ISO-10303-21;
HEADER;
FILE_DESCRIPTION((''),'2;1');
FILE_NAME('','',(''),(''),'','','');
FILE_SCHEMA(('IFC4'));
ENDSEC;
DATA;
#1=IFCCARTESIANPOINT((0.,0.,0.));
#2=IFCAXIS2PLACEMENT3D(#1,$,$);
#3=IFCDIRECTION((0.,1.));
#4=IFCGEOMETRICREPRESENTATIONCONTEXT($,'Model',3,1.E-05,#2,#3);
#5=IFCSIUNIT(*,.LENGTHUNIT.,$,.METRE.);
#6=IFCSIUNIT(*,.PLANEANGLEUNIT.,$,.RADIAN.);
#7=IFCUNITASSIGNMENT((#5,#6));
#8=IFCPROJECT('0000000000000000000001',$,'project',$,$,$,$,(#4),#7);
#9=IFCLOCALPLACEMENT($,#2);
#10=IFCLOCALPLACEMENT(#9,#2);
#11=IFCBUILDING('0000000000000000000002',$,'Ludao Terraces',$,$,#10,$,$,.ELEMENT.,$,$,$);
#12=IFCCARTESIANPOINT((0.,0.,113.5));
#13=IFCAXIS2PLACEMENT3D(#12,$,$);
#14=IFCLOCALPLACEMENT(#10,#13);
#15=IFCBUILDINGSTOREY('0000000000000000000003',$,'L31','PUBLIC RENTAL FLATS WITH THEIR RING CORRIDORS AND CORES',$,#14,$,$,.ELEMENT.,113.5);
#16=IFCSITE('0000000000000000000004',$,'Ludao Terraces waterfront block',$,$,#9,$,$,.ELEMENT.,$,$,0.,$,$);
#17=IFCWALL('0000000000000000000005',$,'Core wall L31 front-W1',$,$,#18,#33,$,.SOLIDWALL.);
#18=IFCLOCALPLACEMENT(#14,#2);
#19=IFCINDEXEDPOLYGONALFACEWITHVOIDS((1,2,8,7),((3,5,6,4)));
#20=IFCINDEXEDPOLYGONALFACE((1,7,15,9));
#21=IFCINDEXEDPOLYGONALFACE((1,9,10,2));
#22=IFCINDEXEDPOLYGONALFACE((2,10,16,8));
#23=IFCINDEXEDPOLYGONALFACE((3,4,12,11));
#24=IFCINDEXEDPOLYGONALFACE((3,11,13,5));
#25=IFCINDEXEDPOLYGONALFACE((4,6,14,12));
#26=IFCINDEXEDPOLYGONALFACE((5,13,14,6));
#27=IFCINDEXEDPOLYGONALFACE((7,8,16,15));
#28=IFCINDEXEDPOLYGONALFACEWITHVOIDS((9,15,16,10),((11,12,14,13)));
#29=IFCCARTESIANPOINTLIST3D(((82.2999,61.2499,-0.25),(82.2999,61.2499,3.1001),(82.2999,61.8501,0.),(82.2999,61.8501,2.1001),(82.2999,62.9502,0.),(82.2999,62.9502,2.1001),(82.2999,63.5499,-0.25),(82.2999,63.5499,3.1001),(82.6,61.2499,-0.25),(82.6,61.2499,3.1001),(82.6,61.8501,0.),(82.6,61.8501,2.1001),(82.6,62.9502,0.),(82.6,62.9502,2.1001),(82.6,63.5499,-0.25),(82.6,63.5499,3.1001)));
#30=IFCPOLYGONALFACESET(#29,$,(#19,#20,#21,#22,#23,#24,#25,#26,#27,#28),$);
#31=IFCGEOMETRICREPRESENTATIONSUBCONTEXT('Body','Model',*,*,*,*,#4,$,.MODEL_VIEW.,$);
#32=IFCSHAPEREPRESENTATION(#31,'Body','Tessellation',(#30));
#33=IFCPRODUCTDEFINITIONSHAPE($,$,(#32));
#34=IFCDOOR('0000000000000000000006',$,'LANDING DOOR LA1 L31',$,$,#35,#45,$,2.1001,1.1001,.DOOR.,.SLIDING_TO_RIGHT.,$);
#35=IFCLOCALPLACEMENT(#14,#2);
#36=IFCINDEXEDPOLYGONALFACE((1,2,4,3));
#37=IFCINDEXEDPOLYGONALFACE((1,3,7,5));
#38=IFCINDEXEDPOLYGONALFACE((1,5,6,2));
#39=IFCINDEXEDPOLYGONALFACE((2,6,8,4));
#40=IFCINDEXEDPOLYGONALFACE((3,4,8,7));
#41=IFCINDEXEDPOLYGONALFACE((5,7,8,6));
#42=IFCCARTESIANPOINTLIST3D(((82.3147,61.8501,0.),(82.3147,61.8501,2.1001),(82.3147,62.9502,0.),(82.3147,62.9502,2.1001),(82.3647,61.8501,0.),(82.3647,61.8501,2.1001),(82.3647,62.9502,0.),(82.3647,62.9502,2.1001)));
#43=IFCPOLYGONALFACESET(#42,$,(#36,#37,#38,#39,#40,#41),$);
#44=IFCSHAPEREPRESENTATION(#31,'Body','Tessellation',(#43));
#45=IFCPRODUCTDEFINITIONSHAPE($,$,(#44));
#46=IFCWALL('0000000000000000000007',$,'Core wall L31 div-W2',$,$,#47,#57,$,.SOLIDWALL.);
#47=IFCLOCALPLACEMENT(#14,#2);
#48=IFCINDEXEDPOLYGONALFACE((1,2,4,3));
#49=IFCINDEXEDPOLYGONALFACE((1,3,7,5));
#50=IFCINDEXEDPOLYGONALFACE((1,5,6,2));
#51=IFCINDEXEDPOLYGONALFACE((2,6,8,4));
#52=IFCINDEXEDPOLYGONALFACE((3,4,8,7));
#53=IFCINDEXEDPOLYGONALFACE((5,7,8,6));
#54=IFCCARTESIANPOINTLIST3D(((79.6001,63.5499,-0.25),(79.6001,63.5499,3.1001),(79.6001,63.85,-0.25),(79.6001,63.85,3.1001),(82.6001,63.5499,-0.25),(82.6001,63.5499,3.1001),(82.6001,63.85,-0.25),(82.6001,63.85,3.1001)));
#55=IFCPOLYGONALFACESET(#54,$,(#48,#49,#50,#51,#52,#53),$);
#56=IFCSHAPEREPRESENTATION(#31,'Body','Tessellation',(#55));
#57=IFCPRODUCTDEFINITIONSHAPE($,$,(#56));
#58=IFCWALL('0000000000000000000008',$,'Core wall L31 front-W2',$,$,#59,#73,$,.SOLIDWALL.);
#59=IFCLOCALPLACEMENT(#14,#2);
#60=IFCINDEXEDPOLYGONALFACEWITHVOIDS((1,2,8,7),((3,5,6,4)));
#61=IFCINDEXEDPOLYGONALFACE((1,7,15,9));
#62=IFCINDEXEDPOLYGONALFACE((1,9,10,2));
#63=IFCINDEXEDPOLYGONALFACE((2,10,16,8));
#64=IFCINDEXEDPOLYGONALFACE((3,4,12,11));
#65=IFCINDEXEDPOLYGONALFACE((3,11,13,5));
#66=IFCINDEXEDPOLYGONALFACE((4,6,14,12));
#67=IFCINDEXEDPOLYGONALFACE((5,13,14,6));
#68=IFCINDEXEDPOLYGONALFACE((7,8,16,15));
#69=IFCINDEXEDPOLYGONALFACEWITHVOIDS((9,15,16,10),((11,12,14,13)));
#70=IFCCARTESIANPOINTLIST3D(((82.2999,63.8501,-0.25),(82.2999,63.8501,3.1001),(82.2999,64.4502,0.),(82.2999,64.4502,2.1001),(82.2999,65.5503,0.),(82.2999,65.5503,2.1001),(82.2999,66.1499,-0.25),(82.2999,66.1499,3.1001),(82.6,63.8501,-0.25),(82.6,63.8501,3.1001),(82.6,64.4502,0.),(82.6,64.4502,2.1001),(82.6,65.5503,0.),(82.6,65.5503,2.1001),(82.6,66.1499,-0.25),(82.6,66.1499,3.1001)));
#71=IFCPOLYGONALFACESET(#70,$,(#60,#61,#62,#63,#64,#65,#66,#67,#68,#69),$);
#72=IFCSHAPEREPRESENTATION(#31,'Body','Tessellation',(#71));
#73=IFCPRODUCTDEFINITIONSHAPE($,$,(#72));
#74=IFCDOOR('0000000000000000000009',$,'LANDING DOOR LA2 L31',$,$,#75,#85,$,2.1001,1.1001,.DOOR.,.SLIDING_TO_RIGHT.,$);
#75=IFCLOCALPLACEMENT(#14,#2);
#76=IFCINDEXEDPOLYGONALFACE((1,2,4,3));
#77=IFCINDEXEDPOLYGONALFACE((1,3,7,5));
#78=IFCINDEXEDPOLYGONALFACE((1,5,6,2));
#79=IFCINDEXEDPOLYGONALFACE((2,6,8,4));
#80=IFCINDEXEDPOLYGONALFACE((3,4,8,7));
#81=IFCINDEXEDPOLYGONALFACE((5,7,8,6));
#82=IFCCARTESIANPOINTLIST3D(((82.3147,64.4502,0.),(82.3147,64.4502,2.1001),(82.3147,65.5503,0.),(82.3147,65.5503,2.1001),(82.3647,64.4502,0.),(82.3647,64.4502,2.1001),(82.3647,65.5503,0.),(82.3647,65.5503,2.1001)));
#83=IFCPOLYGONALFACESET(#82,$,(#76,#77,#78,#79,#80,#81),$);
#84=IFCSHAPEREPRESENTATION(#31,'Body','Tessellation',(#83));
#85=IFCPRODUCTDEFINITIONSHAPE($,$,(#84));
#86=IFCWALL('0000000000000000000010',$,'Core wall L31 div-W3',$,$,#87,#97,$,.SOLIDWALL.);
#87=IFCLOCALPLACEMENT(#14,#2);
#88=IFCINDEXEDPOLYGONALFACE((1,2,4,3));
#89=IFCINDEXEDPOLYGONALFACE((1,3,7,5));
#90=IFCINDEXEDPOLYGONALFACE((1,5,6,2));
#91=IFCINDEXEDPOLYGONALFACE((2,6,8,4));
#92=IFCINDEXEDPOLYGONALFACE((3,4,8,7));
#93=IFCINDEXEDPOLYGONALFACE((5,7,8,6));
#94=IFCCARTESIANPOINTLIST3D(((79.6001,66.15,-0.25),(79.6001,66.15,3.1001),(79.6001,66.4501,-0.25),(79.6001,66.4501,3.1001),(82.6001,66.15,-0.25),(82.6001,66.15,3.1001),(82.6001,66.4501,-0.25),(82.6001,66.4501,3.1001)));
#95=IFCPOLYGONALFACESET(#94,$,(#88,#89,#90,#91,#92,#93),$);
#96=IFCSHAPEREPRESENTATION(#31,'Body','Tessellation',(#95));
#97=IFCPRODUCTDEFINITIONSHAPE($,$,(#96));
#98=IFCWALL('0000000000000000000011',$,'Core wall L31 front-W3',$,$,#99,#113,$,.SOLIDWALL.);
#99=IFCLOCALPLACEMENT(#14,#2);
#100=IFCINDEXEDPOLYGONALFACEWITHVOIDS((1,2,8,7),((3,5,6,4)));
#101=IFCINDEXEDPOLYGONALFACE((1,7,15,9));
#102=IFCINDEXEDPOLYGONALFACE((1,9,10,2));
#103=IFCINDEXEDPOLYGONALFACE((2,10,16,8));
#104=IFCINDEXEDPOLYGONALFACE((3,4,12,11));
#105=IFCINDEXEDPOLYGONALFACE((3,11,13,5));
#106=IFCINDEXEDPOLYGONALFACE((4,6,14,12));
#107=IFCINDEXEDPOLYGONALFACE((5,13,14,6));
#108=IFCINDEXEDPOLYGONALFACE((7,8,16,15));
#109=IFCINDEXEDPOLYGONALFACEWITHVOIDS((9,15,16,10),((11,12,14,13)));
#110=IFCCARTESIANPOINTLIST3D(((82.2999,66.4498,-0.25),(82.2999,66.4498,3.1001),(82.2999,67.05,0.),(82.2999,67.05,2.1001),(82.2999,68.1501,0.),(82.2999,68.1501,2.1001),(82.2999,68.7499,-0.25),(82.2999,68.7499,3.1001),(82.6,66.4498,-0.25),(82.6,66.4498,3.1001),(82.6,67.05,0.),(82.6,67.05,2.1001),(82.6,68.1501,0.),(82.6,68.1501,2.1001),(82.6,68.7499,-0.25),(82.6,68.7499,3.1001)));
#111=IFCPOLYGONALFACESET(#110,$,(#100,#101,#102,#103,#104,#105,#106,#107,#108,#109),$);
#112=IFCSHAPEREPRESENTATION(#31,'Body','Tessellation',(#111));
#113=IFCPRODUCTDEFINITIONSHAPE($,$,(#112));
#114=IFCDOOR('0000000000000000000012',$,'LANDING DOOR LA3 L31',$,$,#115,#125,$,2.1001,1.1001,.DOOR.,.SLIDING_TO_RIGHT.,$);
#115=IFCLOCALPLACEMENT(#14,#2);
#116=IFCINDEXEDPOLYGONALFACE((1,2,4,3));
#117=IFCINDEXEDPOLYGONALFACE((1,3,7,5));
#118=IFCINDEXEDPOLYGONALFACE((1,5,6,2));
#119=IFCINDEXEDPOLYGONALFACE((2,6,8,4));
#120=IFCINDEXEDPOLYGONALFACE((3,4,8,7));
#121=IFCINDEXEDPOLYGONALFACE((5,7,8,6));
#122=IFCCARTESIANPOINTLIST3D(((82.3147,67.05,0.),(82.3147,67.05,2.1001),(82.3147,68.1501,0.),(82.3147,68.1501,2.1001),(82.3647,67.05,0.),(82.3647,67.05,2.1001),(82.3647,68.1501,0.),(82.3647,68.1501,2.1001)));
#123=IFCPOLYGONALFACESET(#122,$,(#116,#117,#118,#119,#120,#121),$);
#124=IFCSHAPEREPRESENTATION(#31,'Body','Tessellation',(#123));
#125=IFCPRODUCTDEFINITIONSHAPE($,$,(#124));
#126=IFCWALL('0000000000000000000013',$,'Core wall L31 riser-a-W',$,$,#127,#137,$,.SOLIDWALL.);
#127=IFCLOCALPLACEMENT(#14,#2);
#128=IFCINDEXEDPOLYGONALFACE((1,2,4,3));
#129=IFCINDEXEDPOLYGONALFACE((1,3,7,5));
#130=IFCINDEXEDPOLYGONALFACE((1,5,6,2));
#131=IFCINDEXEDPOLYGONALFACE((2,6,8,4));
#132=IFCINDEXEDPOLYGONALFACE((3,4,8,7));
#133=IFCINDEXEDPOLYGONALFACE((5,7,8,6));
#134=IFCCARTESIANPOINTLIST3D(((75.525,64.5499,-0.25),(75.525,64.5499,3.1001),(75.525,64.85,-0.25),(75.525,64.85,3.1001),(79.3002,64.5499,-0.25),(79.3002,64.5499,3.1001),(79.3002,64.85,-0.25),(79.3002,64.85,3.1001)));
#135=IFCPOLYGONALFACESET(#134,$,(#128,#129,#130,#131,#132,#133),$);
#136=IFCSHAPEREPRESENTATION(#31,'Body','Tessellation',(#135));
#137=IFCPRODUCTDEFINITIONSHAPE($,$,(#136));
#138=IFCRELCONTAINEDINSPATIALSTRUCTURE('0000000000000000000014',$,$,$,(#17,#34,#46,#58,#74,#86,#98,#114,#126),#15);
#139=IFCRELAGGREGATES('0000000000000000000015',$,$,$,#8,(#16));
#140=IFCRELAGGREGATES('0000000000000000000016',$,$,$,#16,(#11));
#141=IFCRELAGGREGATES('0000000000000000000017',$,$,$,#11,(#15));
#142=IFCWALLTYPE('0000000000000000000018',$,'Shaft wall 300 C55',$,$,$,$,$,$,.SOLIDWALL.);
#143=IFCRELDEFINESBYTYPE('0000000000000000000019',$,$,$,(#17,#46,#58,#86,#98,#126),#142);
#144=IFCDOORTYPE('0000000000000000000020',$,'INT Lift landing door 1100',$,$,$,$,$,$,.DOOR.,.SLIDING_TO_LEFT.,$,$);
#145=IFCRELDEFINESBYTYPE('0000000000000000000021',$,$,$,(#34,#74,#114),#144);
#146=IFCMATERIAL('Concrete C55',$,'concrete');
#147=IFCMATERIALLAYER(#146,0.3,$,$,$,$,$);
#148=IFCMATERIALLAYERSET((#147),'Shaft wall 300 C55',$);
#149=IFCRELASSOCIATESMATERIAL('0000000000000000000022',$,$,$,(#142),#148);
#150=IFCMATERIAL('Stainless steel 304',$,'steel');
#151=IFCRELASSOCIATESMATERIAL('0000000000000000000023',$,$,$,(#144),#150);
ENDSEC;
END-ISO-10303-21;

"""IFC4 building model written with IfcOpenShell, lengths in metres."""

from ifc_helpers import new_model, si_unit, direction, frame, frame_2d, origin, place, context, subcontext, project, spatial, rectangle, extrude, material, layer, layer_set, type_object, element, fill, save


model = new_model("IFC4")

# Units and contexts
model_context = context("Model", 3, precision=1e-05, world=origin(), true_north=direction((0.0, 1.0)))
body_context = subcontext(model_context, "Body", "Model", "MODEL_VIEW")
ifc_project = project(units=[si_unit("LENGTHUNIT", "METRE"), si_unit("PLANEANGLEUNIT", "RADIAN")], contexts=[model_context])

# Site, building, storey
site_placement = place(None, origin())
site = spatial("IfcSite", under=ifc_project, at=site_placement, Name="Ludao Terraces waterfront block", CompositionType="ELEMENT", RefElevation=0.0)
building_placement = place(site_placement, origin())
building = spatial("IfcBuilding", under=site, at=building_placement, Name="Ludao Terraces", CompositionType="ELEMENT")
storey_placement = place(building_placement, frame((0.0, 0.0, 113.5)))
storey = spatial("IfcBuildingStorey", under=building, at=storey_placement, Name="L31", Description="PUBLIC RENTAL FLATS WITH THEIR RING CORRIDORS AND CORES", CompositionType="ELEMENT", Elevation=113.5)

# Wall, opening, door
ifc_material_1 = material(Name="Concrete C55", Category="concrete")
ifc_layer_1 = layer(ifc_material_1, 0.3)
ifc_layer_set_1 = layer_set([ifc_layer_1], Name="Shaft wall 300 C55")
wall_type_1 = type_object("IfcWallType", Name="Shaft wall 300 C55", PredefinedType="SOLIDWALL", material=ifc_layer_set_1)
wall_1_placement = place(storey_placement, frame((82.45, 61.25, -0.25), z_axis=(0.0, 0.0, 1.0), x_axis=(0.0, 1.0, 0.0)))
wall_1 = element("IfcWall", 1, at=wall_1_placement, inside=storey, type_object=wall_type_1, Name="Core wall L31 front-W1", PredefinedType="SOLIDWALL", context=body_context, shape_type="SweptSolid", body=[
    extrude(rectangle(XDim=2.3, YDim=0.3, at=frame_2d((1.1499, 0.0))), origin(), (0.0, 0.0, 1.0), 3.3501),
])
opening_1_placement = place(wall_1_placement, frame((0.6001, 0.0, 0.25)))
opening_1 = element("IfcOpeningElement", 2, at=opening_1_placement, cuts=wall_1, PredefinedType="OPENING", context=body_context, shape_type="SweptSolid", body=[
    extrude(rectangle(XDim=1.1001, YDim=2.1001, at=frame_2d((0.55, 1.05))), frame((0.0, 0.1602, 0.0), z_axis=(0.0, -1.0, 0.0), x_axis=(1.0, 0.0, 0.0)), (0.0, 0.0, 1.0), 0.3201),
])
ifc_material_2 = material(Name="Stainless steel 304", Category="steel")
door_type_1 = type_object("IfcDoorType", Name="INT Lift landing door 1100", OperationType="SLIDING_TO_LEFT", PredefinedType="DOOR", material=ifc_material_2)
door_1_placement = place(opening_1_placement, origin())
door_1 = element("IfcDoor", 3, at=door_1_placement, inside=storey, type_object=door_type_1, Name="LANDING DOOR LA1 L31", OperationType="SLIDING_TO_RIGHT", OverallHeight=2.1001, OverallWidth=1.1001, PredefinedType="DOOR", context=body_context, shape_type="SweptSolid", body=[
    extrude(rectangle(XDim=1.1001, YDim=2.1001, at=frame_2d((0.55, 1.05))), frame((0.0, 0.1353, 0.0), z_axis=(0.0, -1.0, 0.0), x_axis=(1.0, 0.0, 0.0)), (0.0, 0.0, 1.0), 0.05),
])
fill(opening_1, door_1)

# Wall
wall_2_placement = place(storey_placement, frame((79.6001, 63.7, -0.25), z_axis=(0.0, 0.0, 1.0), x_axis=(1.0, 0.0, 0.0)))
element("IfcWall", 4, at=wall_2_placement, inside=storey, type_object=wall_type_1, Name="Core wall L31 div-W2", PredefinedType="SOLIDWALL", context=body_context, shape_type="SweptSolid", body=[
    extrude(rectangle(XDim=3.0, YDim=0.3, at=frame_2d((1.5, 0.0))), origin(), (0.0, 0.0, 1.0), 3.3501),
])

# Wall, opening, door
wall_3_placement = place(storey_placement, frame((82.45, 63.8501, -0.25), z_axis=(0.0, 0.0, 1.0), x_axis=(0.0, 1.0, 0.0)))
wall_3 = element("IfcWall", 5, at=wall_3_placement, inside=storey, type_object=wall_type_1, Name="Core wall L31 front-W2", PredefinedType="SOLIDWALL", context=body_context, shape_type="SweptSolid", body=[
    extrude(rectangle(XDim=2.2998, YDim=0.3, at=frame_2d((1.1499, 0.0))), origin(), (0.0, 0.0, 1.0), 3.3501),
])
opening_2_placement = place(wall_3_placement, frame((0.6001, 0.0, 0.25)))
opening_2 = element("IfcOpeningElement", 6, at=opening_2_placement, cuts=wall_3, PredefinedType="OPENING", context=body_context, shape_type="SweptSolid", body=[
    extrude(rectangle(XDim=1.1001, YDim=2.1001, at=frame_2d((0.55, 1.05))), frame((0.0, 0.1602, 0.0), z_axis=(0.0, -1.0, 0.0), x_axis=(1.0, 0.0, 0.0)), (0.0, 0.0, 1.0), 0.3201),
])
door_2_placement = place(opening_2_placement, origin())
door_2 = element("IfcDoor", 7, at=door_2_placement, inside=storey, type_object=door_type_1, Name="LANDING DOOR LA2 L31", OperationType="SLIDING_TO_RIGHT", OverallHeight=2.1001, OverallWidth=1.1001, PredefinedType="DOOR", context=body_context, shape_type="SweptSolid", body=[
    extrude(rectangle(XDim=1.1001, YDim=2.1001, at=frame_2d((0.55, 1.05))), frame((0.0, 0.1353, 0.0), z_axis=(0.0, -1.0, 0.0), x_axis=(1.0, 0.0, 0.0)), (0.0, 0.0, 1.0), 0.05),
])
fill(opening_2, door_2)

# Wall
wall_4_placement = place(storey_placement, frame((79.6001, 66.3, -0.25), z_axis=(0.0, 0.0, 1.0), x_axis=(1.0, 0.0, 0.0)))
element("IfcWall", 8, at=wall_4_placement, inside=storey, type_object=wall_type_1, Name="Core wall L31 div-W3", PredefinedType="SOLIDWALL", context=body_context, shape_type="SweptSolid", body=[
    extrude(rectangle(XDim=3.0, YDim=0.3, at=frame_2d((1.5, 0.0))), origin(), (0.0, 0.0, 1.0), 3.3501),
])

# Wall, opening, door
wall_5_placement = place(storey_placement, frame((82.45, 66.45, -0.25), z_axis=(0.0, 0.0, 1.0), x_axis=(0.0, 1.0, 0.0)))
wall_5 = element("IfcWall", 9, at=wall_5_placement, inside=storey, type_object=wall_type_1, Name="Core wall L31 front-W3", PredefinedType="SOLIDWALL", context=body_context, shape_type="SweptSolid", body=[
    extrude(rectangle(XDim=2.3, YDim=0.3, at=frame_2d((1.1499, 0.0))), origin(), (0.0, 0.0, 1.0), 3.3501),
])
opening_3_placement = place(wall_5_placement, frame((0.6001, 0.0, 0.25)))
opening_3 = element("IfcOpeningElement", 10, at=opening_3_placement, cuts=wall_5, PredefinedType="OPENING", context=body_context, shape_type="SweptSolid", body=[
    extrude(rectangle(XDim=1.1001, YDim=2.1001, at=frame_2d((0.55, 1.05))), frame((0.0, 0.1602, 0.0), z_axis=(0.0, -1.0, 0.0), x_axis=(1.0, 0.0, 0.0)), (0.0, 0.0, 1.0), 0.3201),
])
door_3_placement = place(opening_3_placement, origin())
door_3 = element("IfcDoor", 11, at=door_3_placement, inside=storey, type_object=door_type_1, Name="LANDING DOOR LA3 L31", OperationType="SLIDING_TO_RIGHT", OverallHeight=2.1001, OverallWidth=1.1001, PredefinedType="DOOR", context=body_context, shape_type="SweptSolid", body=[
    extrude(rectangle(XDim=1.1001, YDim=2.1001, at=frame_2d((0.55, 1.05))), frame((0.0, 0.1353, 0.0), z_axis=(0.0, -1.0, 0.0), x_axis=(1.0, 0.0, 0.0)), (0.0, 0.0, 1.0), 0.05),
])
fill(opening_3, door_3)

# Wall
wall_6_placement = place(storey_placement, frame((75.5249, 64.7, -0.25), z_axis=(0.0, 0.0, 1.0), x_axis=(1.0, 0.0, 0.0)))
element("IfcWall", 12, at=wall_6_placement, inside=storey, type_object=wall_type_1, Name="Core wall L31 riser-a-W", PredefinedType="SOLIDWALL", context=body_context, shape_type="SweptSolid", body=[
    extrude(rectangle(XDim=3.7751, YDim=0.3, at=frame_2d((1.8877, 0.0))), origin(), (0.0, 0.0, 1.0), 3.3501),
])

save(model, "model.ifc")
